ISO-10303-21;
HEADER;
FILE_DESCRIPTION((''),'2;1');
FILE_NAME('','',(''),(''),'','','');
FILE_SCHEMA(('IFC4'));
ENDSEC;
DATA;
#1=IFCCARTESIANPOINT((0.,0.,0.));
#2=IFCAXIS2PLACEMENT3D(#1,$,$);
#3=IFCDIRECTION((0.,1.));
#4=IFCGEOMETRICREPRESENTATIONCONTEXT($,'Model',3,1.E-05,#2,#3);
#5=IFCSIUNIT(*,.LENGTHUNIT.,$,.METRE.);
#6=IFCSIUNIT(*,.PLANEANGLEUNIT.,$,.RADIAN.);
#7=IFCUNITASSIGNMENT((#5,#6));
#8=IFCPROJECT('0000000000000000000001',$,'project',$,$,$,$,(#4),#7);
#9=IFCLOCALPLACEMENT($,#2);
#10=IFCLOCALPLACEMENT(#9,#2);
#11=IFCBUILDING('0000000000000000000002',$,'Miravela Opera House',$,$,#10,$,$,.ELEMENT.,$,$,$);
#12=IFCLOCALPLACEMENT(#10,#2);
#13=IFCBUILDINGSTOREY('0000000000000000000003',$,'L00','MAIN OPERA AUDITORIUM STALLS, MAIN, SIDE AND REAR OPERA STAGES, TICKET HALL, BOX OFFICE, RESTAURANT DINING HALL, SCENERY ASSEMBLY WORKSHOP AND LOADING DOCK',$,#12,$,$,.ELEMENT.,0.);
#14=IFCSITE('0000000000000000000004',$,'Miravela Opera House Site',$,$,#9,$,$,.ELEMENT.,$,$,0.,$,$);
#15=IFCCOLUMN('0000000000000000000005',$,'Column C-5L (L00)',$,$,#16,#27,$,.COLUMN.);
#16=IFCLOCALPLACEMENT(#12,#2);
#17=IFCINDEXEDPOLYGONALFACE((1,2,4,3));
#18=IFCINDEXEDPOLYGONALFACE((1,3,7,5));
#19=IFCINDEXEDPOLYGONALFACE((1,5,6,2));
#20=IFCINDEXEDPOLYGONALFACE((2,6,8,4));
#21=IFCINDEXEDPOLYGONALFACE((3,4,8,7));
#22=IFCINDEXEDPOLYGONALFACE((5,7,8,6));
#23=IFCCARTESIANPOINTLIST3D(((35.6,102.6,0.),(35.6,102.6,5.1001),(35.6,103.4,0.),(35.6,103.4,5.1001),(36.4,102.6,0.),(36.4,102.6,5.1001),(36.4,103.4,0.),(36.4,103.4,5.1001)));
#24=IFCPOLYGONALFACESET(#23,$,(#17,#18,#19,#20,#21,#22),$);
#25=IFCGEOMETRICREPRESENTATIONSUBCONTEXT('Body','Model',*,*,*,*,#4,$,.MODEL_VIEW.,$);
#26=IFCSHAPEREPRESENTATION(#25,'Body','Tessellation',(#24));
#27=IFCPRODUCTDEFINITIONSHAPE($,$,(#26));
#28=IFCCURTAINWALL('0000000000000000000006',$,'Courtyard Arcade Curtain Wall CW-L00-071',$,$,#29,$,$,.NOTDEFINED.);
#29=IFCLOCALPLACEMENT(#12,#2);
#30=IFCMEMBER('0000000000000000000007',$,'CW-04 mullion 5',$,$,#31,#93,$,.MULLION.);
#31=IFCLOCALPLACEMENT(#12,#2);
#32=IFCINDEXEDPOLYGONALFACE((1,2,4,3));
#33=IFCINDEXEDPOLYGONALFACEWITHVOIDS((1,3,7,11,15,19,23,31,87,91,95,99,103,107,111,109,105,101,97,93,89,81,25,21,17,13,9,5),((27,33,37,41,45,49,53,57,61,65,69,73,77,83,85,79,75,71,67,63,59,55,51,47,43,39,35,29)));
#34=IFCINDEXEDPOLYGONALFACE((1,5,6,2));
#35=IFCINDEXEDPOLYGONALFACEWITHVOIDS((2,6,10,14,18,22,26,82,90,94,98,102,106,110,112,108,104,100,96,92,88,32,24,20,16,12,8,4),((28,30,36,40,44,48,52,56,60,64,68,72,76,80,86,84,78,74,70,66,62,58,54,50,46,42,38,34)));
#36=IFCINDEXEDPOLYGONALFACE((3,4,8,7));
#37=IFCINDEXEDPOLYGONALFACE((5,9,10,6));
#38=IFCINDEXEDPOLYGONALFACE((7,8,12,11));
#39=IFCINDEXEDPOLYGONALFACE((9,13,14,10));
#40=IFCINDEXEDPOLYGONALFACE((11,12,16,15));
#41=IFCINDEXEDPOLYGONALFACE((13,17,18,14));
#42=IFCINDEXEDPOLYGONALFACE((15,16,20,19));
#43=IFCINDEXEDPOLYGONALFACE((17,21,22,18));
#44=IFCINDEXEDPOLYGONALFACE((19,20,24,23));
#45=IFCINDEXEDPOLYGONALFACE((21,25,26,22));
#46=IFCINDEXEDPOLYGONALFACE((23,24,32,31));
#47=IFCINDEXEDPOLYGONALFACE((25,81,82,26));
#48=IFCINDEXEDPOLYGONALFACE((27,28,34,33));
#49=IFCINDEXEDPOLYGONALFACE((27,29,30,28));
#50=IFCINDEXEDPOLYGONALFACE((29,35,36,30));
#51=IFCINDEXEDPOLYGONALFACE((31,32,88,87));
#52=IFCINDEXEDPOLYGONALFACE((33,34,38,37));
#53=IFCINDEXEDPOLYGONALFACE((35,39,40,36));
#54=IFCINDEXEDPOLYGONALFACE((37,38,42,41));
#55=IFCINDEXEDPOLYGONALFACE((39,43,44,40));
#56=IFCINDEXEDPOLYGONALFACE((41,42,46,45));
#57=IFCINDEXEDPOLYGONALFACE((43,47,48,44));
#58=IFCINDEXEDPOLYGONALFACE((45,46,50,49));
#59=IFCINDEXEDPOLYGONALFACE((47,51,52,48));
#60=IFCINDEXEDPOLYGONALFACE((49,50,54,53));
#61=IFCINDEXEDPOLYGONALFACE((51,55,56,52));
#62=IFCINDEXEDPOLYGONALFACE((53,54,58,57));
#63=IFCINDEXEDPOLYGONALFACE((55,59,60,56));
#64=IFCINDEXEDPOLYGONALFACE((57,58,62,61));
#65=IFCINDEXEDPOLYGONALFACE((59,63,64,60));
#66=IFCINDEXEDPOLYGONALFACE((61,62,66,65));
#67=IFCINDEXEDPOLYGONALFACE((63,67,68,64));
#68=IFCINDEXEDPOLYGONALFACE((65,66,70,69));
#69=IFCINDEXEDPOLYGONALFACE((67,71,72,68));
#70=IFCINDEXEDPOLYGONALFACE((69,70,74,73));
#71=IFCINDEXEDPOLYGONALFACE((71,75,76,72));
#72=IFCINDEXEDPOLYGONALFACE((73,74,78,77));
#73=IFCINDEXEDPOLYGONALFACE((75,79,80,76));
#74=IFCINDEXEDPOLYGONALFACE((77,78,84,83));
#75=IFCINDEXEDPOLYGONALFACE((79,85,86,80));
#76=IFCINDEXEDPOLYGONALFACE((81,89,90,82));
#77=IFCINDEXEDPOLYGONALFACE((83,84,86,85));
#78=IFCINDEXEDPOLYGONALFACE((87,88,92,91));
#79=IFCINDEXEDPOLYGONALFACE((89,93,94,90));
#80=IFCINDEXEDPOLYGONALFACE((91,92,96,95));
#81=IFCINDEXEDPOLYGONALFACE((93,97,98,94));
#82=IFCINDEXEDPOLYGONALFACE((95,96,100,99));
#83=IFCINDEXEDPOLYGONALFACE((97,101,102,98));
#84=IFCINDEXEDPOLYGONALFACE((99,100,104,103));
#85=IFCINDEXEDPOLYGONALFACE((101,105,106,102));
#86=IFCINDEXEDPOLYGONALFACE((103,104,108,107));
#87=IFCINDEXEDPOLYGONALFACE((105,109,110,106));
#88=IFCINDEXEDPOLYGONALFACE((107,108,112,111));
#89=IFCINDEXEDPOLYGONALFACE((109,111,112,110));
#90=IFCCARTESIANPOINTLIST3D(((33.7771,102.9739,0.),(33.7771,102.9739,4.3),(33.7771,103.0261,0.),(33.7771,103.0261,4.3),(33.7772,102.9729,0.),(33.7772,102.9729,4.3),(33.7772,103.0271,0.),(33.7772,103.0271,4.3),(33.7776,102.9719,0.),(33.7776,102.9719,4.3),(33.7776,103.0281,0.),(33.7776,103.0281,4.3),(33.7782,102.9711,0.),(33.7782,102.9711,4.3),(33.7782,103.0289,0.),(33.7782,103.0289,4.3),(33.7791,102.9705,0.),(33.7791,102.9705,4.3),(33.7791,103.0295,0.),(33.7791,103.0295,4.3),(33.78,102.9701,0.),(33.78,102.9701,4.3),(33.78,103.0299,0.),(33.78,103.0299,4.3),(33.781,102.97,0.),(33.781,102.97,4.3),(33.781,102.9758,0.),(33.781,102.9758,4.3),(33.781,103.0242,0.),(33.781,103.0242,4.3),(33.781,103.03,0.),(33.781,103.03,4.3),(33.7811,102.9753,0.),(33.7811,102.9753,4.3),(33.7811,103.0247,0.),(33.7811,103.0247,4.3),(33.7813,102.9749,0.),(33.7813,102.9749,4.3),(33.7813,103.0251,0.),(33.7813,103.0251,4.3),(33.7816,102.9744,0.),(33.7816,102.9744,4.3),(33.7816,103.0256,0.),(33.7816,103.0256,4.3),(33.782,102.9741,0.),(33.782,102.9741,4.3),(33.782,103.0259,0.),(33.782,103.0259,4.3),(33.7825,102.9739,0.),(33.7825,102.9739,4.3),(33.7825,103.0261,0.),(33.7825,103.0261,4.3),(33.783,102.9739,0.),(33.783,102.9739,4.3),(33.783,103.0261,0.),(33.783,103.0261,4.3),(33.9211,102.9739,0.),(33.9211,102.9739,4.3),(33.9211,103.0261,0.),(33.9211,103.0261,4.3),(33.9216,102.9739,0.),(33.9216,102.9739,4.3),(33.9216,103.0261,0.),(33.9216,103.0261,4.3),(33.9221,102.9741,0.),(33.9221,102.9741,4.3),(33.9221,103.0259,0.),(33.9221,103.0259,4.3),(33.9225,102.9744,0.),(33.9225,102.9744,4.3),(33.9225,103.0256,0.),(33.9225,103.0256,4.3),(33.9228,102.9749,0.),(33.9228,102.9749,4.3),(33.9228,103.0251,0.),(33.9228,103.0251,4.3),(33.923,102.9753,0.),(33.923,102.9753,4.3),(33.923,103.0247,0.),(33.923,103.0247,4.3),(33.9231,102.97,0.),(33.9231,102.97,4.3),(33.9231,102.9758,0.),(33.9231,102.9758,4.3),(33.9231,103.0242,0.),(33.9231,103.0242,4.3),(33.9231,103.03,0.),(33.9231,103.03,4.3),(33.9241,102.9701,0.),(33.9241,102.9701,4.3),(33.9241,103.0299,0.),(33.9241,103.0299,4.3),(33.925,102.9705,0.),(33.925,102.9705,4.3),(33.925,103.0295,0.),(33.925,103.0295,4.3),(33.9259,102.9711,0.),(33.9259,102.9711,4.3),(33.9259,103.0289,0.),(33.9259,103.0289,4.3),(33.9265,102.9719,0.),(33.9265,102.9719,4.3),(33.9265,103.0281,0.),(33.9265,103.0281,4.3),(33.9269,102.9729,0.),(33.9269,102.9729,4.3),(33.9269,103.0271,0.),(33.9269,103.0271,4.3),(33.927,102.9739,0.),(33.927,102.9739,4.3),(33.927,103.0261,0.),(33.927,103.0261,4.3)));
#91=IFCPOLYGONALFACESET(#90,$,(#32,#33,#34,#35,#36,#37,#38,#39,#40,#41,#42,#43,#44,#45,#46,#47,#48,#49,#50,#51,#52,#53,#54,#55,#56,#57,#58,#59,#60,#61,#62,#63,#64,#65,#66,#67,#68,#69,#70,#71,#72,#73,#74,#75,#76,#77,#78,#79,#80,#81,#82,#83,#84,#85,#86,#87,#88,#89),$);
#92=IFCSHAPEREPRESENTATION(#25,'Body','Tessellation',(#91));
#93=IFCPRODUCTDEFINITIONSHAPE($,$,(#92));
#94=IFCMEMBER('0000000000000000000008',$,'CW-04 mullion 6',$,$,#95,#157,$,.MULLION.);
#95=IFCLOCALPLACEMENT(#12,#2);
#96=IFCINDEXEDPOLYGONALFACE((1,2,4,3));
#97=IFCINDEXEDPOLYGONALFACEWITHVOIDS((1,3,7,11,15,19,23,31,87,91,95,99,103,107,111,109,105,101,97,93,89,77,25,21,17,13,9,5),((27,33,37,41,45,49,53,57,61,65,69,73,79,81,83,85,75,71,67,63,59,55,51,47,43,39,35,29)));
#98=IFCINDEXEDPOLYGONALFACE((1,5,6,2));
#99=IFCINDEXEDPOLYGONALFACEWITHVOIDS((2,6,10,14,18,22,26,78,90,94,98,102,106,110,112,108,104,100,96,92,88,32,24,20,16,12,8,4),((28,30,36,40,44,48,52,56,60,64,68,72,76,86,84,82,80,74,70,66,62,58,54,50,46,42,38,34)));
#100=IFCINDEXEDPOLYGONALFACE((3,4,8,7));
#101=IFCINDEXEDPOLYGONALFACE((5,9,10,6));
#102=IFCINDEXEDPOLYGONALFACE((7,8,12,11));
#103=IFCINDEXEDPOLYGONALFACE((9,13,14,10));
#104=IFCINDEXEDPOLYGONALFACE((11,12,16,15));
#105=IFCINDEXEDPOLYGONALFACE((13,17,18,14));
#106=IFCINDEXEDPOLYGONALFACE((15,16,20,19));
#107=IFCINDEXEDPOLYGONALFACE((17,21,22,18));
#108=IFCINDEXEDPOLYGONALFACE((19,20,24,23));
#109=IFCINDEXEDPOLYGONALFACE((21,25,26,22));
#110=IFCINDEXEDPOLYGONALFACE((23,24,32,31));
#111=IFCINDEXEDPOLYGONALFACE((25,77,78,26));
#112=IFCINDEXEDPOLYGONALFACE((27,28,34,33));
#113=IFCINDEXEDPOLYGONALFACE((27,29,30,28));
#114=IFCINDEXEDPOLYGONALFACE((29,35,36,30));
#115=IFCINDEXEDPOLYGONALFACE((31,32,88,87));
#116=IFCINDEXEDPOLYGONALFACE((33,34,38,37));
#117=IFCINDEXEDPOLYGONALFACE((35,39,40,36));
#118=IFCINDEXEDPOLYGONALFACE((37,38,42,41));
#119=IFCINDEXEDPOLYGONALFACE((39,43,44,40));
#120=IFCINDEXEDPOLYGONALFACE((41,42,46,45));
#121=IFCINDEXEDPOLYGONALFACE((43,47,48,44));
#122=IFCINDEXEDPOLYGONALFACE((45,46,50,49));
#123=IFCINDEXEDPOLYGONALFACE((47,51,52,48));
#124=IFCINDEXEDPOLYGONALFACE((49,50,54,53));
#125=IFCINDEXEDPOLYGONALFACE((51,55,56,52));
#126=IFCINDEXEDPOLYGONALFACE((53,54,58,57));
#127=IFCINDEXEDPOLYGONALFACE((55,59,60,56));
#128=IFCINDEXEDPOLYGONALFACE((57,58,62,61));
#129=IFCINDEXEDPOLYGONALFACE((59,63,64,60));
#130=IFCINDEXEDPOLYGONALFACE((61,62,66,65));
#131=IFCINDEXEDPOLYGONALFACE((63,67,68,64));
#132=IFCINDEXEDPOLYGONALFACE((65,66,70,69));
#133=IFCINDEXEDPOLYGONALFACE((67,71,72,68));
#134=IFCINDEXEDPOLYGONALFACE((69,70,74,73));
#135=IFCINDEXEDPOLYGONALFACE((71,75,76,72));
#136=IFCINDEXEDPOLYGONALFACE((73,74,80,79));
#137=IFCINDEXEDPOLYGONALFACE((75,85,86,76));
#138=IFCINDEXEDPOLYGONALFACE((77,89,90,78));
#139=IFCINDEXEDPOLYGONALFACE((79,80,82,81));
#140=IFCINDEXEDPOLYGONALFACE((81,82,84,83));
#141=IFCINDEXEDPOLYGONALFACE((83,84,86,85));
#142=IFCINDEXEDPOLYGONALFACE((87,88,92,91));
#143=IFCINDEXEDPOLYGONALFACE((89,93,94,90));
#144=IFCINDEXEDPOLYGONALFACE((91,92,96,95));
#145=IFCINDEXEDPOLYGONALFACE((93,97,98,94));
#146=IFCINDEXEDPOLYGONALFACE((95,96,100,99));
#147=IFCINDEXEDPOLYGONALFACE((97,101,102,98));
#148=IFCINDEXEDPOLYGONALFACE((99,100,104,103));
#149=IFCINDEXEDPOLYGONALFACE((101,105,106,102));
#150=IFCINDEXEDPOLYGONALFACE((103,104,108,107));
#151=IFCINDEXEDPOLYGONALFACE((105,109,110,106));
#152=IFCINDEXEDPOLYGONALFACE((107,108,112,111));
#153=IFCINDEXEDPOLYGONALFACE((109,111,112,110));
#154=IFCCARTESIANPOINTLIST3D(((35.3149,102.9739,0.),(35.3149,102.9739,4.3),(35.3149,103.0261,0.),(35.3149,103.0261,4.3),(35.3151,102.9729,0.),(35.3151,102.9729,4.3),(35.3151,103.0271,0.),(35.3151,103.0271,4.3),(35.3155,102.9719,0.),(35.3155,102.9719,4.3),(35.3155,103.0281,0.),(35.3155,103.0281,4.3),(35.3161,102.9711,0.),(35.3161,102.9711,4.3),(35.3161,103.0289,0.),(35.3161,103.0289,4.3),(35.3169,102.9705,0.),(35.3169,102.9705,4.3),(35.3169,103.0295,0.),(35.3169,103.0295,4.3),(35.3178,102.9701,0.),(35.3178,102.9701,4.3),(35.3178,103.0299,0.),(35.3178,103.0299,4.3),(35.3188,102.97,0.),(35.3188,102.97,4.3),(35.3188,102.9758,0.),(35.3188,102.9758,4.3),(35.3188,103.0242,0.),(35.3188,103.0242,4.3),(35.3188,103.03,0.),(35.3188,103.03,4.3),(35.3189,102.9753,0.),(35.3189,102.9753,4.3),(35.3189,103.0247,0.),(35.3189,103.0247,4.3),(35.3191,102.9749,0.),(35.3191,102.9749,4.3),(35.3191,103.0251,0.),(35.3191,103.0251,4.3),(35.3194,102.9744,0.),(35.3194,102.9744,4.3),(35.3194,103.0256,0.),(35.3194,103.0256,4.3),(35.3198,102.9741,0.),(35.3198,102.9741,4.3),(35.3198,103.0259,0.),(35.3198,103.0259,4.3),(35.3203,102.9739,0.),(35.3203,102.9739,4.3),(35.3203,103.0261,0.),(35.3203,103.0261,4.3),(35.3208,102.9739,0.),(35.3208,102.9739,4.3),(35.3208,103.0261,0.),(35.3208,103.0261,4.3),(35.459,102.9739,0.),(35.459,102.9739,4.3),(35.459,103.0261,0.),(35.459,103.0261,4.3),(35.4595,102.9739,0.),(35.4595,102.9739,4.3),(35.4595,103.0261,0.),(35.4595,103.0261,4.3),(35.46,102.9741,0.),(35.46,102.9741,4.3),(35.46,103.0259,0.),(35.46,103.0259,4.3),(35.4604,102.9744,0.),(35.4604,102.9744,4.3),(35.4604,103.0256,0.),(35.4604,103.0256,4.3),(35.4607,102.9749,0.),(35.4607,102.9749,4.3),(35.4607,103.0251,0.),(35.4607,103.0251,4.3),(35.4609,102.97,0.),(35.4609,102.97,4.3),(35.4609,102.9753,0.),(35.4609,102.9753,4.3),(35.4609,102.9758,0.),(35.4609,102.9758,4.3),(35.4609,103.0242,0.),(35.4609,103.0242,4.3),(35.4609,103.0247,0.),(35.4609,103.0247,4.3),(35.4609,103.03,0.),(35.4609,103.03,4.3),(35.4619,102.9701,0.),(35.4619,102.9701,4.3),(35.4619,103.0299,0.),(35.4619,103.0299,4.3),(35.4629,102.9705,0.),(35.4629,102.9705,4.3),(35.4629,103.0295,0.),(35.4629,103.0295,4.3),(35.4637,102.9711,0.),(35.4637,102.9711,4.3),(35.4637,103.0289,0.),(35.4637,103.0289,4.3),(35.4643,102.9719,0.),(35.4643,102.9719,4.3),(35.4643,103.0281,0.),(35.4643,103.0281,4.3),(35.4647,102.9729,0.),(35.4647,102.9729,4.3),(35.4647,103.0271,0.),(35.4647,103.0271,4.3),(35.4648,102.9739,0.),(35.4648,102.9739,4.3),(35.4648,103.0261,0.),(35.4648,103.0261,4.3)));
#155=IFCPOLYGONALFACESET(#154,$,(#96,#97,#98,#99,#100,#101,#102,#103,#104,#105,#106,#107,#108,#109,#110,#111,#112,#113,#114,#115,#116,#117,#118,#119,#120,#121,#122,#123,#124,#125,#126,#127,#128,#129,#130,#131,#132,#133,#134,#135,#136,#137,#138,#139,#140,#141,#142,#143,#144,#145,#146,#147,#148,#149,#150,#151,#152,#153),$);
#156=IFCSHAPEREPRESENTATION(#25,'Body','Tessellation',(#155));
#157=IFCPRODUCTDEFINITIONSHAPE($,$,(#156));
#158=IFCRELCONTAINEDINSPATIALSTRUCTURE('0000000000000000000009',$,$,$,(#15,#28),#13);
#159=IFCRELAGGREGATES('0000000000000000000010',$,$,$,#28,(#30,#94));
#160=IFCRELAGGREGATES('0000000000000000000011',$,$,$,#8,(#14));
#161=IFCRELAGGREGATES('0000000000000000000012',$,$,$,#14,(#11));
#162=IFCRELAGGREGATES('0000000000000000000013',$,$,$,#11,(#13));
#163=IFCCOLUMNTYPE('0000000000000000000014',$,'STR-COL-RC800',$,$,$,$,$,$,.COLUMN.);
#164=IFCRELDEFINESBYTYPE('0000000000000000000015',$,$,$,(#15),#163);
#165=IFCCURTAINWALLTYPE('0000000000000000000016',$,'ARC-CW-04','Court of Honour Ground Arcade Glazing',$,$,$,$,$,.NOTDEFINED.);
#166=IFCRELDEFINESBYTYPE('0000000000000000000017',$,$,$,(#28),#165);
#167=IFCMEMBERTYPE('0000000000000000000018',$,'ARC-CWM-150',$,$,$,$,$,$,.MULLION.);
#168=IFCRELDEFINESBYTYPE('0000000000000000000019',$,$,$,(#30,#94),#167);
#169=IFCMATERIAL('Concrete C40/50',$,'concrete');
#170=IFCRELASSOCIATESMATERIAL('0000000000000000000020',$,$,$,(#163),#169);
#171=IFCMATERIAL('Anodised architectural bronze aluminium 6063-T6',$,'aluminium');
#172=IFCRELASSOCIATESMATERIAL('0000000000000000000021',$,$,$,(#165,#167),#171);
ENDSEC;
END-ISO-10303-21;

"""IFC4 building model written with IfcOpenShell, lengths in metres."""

from ifc_helpers import new_model, si_unit, direction, frame, origin, origin_2d, place, context, subcontext, project, spatial, rectangle, hollow_rectangle, extrude, material, material_profile, profile_set, type_object, element, aggregate, save


model = new_model("IFC4")

# Units and contexts
model_context = context("Model", 3, precision=1e-05, world=origin(), true_north=direction((0.0, 1.0)))
body_context = subcontext(model_context, "Body", "Model", "MODEL_VIEW")
ifc_project = project(units=[si_unit("LENGTHUNIT", "METRE"), si_unit("PLANEANGLEUNIT", "RADIAN")], contexts=[model_context])

# Site, building, storey
site_placement = place(None, origin())
site = spatial("IfcSite", under=ifc_project, at=site_placement, Name="Miravela Opera House Site", CompositionType="ELEMENT", RefElevation=0.0)
building_placement = place(site_placement, origin())
building = spatial("IfcBuilding", under=site, at=building_placement, Name="Miravela Opera House", CompositionType="ELEMENT")
storey_placement = place(building_placement, origin())
storey = spatial("IfcBuildingStorey", under=building, at=storey_placement, Name="L00", Description="MAIN OPERA AUDITORIUM STALLS, MAIN, SIDE AND REAR OPERA STAGES, TICKET HALL, BOX OFFICE, RESTAURANT DINING HALL, SCENERY ASSEMBLY WORKSHOP AND LOADING DOCK", CompositionType="ELEMENT", Elevation=0.0)

# Column
ifc_material_1 = material(Name="Concrete C40/50", Category="concrete")
ifc_material_profile_1 = material_profile(ifc_material_1, rectangle(XDim=0.8, YDim=0.8, at=origin_2d()), Name="RC-COL-800X800")
ifc_profile_set_1 = profile_set([ifc_material_profile_1])
column_type = type_object("IfcColumnType", Name="STR-COL-RC800", PredefinedType="COLUMN", material=ifc_profile_set_1)
column_placement = place(storey_placement, frame((36.0, 103.0, 0.0), z_axis=(0.0, 0.0, 1.0), x_axis=(1.0, 0.0, 0.0)))
element("IfcColumn", 1, at=column_placement, inside=storey, type_object=column_type, Name="Column C-5L (L00)", PredefinedType="COLUMN", context=body_context, shape_type="SweptSolid", body=[
    extrude(rectangle(XDim=0.8, YDim=0.8, at=origin_2d()), origin(), (0.0, 0.0, 1.0), 5.1001),
])

# Curtain wall, members
ifc_material_2 = material(Name="Anodised architectural bronze aluminium 6063-T6", Category="aluminium")
curtain_wall_type = type_object("IfcCurtainWallType", Name="ARC-CW-04", Description="Court of Honour Ground Arcade Glazing", PredefinedType="NOTDEFINED", material=ifc_material_2)
curtain_wall_1_placement = place(storey_placement, origin())
curtain_wall_1 = element("IfcCurtainWall", 2, at=curtain_wall_1_placement, inside=storey, type_object=curtain_wall_type, Name="Courtyard Arcade Curtain Wall CW-L00-071", PredefinedType="NOTDEFINED")
ifc_material_profile_2 = material_profile(ifc_material_2, hollow_rectangle(XDim=0.0601, YDim=0.1499, WallThickness=0.0039, InnerFilletRadius=0.002, OuterFilletRadius=0.0039, at=origin_2d()), Name="CWM-60X150")
ifc_profile_set_2 = profile_set([ifc_material_profile_2])
member_type_1 = type_object("IfcMemberType", Name="ARC-CWM-150", PredefinedType="MULLION", material=ifc_profile_set_2)
member_1_placement = place(storey_placement, frame((33.8521, 103.0, 0.0), z_axis=(0.0, 0.0, 1.0), x_axis=(0.0, 1.0, 0.0)))
member_1 = element("IfcMember", 3, at=member_1_placement, type_object=member_type_1, Name="CW-04 mullion 5", PredefinedType="MULLION", context=body_context, shape_type="SweptSolid", body=[
    extrude(hollow_rectangle(XDim=0.0601, YDim=0.1499, WallThickness=0.0039, InnerFilletRadius=0.002, OuterFilletRadius=0.0039, at=origin_2d()), origin(), (0.0, 0.0, 1.0), 4.3),
])
member_2_placement = place(storey_placement, frame((35.3899, 103.0, 0.0), z_axis=(0.0, 0.0, 1.0), x_axis=(0.0, 1.0, 0.0)))
member_2 = element("IfcMember", 4, at=member_2_placement, type_object=member_type_1, Name="CW-04 mullion 6", PredefinedType="MULLION", context=body_context, shape_type="SweptSolid", body=[
    extrude(hollow_rectangle(XDim=0.0601, YDim=0.1499, WallThickness=0.0039, InnerFilletRadius=0.002, OuterFilletRadius=0.0039, at=origin_2d()), origin(), (0.0, 0.0, 1.0), 4.3),
])

aggregate(curtain_wall_1, [member_1, member_2])

save(model, "model.ifc")
